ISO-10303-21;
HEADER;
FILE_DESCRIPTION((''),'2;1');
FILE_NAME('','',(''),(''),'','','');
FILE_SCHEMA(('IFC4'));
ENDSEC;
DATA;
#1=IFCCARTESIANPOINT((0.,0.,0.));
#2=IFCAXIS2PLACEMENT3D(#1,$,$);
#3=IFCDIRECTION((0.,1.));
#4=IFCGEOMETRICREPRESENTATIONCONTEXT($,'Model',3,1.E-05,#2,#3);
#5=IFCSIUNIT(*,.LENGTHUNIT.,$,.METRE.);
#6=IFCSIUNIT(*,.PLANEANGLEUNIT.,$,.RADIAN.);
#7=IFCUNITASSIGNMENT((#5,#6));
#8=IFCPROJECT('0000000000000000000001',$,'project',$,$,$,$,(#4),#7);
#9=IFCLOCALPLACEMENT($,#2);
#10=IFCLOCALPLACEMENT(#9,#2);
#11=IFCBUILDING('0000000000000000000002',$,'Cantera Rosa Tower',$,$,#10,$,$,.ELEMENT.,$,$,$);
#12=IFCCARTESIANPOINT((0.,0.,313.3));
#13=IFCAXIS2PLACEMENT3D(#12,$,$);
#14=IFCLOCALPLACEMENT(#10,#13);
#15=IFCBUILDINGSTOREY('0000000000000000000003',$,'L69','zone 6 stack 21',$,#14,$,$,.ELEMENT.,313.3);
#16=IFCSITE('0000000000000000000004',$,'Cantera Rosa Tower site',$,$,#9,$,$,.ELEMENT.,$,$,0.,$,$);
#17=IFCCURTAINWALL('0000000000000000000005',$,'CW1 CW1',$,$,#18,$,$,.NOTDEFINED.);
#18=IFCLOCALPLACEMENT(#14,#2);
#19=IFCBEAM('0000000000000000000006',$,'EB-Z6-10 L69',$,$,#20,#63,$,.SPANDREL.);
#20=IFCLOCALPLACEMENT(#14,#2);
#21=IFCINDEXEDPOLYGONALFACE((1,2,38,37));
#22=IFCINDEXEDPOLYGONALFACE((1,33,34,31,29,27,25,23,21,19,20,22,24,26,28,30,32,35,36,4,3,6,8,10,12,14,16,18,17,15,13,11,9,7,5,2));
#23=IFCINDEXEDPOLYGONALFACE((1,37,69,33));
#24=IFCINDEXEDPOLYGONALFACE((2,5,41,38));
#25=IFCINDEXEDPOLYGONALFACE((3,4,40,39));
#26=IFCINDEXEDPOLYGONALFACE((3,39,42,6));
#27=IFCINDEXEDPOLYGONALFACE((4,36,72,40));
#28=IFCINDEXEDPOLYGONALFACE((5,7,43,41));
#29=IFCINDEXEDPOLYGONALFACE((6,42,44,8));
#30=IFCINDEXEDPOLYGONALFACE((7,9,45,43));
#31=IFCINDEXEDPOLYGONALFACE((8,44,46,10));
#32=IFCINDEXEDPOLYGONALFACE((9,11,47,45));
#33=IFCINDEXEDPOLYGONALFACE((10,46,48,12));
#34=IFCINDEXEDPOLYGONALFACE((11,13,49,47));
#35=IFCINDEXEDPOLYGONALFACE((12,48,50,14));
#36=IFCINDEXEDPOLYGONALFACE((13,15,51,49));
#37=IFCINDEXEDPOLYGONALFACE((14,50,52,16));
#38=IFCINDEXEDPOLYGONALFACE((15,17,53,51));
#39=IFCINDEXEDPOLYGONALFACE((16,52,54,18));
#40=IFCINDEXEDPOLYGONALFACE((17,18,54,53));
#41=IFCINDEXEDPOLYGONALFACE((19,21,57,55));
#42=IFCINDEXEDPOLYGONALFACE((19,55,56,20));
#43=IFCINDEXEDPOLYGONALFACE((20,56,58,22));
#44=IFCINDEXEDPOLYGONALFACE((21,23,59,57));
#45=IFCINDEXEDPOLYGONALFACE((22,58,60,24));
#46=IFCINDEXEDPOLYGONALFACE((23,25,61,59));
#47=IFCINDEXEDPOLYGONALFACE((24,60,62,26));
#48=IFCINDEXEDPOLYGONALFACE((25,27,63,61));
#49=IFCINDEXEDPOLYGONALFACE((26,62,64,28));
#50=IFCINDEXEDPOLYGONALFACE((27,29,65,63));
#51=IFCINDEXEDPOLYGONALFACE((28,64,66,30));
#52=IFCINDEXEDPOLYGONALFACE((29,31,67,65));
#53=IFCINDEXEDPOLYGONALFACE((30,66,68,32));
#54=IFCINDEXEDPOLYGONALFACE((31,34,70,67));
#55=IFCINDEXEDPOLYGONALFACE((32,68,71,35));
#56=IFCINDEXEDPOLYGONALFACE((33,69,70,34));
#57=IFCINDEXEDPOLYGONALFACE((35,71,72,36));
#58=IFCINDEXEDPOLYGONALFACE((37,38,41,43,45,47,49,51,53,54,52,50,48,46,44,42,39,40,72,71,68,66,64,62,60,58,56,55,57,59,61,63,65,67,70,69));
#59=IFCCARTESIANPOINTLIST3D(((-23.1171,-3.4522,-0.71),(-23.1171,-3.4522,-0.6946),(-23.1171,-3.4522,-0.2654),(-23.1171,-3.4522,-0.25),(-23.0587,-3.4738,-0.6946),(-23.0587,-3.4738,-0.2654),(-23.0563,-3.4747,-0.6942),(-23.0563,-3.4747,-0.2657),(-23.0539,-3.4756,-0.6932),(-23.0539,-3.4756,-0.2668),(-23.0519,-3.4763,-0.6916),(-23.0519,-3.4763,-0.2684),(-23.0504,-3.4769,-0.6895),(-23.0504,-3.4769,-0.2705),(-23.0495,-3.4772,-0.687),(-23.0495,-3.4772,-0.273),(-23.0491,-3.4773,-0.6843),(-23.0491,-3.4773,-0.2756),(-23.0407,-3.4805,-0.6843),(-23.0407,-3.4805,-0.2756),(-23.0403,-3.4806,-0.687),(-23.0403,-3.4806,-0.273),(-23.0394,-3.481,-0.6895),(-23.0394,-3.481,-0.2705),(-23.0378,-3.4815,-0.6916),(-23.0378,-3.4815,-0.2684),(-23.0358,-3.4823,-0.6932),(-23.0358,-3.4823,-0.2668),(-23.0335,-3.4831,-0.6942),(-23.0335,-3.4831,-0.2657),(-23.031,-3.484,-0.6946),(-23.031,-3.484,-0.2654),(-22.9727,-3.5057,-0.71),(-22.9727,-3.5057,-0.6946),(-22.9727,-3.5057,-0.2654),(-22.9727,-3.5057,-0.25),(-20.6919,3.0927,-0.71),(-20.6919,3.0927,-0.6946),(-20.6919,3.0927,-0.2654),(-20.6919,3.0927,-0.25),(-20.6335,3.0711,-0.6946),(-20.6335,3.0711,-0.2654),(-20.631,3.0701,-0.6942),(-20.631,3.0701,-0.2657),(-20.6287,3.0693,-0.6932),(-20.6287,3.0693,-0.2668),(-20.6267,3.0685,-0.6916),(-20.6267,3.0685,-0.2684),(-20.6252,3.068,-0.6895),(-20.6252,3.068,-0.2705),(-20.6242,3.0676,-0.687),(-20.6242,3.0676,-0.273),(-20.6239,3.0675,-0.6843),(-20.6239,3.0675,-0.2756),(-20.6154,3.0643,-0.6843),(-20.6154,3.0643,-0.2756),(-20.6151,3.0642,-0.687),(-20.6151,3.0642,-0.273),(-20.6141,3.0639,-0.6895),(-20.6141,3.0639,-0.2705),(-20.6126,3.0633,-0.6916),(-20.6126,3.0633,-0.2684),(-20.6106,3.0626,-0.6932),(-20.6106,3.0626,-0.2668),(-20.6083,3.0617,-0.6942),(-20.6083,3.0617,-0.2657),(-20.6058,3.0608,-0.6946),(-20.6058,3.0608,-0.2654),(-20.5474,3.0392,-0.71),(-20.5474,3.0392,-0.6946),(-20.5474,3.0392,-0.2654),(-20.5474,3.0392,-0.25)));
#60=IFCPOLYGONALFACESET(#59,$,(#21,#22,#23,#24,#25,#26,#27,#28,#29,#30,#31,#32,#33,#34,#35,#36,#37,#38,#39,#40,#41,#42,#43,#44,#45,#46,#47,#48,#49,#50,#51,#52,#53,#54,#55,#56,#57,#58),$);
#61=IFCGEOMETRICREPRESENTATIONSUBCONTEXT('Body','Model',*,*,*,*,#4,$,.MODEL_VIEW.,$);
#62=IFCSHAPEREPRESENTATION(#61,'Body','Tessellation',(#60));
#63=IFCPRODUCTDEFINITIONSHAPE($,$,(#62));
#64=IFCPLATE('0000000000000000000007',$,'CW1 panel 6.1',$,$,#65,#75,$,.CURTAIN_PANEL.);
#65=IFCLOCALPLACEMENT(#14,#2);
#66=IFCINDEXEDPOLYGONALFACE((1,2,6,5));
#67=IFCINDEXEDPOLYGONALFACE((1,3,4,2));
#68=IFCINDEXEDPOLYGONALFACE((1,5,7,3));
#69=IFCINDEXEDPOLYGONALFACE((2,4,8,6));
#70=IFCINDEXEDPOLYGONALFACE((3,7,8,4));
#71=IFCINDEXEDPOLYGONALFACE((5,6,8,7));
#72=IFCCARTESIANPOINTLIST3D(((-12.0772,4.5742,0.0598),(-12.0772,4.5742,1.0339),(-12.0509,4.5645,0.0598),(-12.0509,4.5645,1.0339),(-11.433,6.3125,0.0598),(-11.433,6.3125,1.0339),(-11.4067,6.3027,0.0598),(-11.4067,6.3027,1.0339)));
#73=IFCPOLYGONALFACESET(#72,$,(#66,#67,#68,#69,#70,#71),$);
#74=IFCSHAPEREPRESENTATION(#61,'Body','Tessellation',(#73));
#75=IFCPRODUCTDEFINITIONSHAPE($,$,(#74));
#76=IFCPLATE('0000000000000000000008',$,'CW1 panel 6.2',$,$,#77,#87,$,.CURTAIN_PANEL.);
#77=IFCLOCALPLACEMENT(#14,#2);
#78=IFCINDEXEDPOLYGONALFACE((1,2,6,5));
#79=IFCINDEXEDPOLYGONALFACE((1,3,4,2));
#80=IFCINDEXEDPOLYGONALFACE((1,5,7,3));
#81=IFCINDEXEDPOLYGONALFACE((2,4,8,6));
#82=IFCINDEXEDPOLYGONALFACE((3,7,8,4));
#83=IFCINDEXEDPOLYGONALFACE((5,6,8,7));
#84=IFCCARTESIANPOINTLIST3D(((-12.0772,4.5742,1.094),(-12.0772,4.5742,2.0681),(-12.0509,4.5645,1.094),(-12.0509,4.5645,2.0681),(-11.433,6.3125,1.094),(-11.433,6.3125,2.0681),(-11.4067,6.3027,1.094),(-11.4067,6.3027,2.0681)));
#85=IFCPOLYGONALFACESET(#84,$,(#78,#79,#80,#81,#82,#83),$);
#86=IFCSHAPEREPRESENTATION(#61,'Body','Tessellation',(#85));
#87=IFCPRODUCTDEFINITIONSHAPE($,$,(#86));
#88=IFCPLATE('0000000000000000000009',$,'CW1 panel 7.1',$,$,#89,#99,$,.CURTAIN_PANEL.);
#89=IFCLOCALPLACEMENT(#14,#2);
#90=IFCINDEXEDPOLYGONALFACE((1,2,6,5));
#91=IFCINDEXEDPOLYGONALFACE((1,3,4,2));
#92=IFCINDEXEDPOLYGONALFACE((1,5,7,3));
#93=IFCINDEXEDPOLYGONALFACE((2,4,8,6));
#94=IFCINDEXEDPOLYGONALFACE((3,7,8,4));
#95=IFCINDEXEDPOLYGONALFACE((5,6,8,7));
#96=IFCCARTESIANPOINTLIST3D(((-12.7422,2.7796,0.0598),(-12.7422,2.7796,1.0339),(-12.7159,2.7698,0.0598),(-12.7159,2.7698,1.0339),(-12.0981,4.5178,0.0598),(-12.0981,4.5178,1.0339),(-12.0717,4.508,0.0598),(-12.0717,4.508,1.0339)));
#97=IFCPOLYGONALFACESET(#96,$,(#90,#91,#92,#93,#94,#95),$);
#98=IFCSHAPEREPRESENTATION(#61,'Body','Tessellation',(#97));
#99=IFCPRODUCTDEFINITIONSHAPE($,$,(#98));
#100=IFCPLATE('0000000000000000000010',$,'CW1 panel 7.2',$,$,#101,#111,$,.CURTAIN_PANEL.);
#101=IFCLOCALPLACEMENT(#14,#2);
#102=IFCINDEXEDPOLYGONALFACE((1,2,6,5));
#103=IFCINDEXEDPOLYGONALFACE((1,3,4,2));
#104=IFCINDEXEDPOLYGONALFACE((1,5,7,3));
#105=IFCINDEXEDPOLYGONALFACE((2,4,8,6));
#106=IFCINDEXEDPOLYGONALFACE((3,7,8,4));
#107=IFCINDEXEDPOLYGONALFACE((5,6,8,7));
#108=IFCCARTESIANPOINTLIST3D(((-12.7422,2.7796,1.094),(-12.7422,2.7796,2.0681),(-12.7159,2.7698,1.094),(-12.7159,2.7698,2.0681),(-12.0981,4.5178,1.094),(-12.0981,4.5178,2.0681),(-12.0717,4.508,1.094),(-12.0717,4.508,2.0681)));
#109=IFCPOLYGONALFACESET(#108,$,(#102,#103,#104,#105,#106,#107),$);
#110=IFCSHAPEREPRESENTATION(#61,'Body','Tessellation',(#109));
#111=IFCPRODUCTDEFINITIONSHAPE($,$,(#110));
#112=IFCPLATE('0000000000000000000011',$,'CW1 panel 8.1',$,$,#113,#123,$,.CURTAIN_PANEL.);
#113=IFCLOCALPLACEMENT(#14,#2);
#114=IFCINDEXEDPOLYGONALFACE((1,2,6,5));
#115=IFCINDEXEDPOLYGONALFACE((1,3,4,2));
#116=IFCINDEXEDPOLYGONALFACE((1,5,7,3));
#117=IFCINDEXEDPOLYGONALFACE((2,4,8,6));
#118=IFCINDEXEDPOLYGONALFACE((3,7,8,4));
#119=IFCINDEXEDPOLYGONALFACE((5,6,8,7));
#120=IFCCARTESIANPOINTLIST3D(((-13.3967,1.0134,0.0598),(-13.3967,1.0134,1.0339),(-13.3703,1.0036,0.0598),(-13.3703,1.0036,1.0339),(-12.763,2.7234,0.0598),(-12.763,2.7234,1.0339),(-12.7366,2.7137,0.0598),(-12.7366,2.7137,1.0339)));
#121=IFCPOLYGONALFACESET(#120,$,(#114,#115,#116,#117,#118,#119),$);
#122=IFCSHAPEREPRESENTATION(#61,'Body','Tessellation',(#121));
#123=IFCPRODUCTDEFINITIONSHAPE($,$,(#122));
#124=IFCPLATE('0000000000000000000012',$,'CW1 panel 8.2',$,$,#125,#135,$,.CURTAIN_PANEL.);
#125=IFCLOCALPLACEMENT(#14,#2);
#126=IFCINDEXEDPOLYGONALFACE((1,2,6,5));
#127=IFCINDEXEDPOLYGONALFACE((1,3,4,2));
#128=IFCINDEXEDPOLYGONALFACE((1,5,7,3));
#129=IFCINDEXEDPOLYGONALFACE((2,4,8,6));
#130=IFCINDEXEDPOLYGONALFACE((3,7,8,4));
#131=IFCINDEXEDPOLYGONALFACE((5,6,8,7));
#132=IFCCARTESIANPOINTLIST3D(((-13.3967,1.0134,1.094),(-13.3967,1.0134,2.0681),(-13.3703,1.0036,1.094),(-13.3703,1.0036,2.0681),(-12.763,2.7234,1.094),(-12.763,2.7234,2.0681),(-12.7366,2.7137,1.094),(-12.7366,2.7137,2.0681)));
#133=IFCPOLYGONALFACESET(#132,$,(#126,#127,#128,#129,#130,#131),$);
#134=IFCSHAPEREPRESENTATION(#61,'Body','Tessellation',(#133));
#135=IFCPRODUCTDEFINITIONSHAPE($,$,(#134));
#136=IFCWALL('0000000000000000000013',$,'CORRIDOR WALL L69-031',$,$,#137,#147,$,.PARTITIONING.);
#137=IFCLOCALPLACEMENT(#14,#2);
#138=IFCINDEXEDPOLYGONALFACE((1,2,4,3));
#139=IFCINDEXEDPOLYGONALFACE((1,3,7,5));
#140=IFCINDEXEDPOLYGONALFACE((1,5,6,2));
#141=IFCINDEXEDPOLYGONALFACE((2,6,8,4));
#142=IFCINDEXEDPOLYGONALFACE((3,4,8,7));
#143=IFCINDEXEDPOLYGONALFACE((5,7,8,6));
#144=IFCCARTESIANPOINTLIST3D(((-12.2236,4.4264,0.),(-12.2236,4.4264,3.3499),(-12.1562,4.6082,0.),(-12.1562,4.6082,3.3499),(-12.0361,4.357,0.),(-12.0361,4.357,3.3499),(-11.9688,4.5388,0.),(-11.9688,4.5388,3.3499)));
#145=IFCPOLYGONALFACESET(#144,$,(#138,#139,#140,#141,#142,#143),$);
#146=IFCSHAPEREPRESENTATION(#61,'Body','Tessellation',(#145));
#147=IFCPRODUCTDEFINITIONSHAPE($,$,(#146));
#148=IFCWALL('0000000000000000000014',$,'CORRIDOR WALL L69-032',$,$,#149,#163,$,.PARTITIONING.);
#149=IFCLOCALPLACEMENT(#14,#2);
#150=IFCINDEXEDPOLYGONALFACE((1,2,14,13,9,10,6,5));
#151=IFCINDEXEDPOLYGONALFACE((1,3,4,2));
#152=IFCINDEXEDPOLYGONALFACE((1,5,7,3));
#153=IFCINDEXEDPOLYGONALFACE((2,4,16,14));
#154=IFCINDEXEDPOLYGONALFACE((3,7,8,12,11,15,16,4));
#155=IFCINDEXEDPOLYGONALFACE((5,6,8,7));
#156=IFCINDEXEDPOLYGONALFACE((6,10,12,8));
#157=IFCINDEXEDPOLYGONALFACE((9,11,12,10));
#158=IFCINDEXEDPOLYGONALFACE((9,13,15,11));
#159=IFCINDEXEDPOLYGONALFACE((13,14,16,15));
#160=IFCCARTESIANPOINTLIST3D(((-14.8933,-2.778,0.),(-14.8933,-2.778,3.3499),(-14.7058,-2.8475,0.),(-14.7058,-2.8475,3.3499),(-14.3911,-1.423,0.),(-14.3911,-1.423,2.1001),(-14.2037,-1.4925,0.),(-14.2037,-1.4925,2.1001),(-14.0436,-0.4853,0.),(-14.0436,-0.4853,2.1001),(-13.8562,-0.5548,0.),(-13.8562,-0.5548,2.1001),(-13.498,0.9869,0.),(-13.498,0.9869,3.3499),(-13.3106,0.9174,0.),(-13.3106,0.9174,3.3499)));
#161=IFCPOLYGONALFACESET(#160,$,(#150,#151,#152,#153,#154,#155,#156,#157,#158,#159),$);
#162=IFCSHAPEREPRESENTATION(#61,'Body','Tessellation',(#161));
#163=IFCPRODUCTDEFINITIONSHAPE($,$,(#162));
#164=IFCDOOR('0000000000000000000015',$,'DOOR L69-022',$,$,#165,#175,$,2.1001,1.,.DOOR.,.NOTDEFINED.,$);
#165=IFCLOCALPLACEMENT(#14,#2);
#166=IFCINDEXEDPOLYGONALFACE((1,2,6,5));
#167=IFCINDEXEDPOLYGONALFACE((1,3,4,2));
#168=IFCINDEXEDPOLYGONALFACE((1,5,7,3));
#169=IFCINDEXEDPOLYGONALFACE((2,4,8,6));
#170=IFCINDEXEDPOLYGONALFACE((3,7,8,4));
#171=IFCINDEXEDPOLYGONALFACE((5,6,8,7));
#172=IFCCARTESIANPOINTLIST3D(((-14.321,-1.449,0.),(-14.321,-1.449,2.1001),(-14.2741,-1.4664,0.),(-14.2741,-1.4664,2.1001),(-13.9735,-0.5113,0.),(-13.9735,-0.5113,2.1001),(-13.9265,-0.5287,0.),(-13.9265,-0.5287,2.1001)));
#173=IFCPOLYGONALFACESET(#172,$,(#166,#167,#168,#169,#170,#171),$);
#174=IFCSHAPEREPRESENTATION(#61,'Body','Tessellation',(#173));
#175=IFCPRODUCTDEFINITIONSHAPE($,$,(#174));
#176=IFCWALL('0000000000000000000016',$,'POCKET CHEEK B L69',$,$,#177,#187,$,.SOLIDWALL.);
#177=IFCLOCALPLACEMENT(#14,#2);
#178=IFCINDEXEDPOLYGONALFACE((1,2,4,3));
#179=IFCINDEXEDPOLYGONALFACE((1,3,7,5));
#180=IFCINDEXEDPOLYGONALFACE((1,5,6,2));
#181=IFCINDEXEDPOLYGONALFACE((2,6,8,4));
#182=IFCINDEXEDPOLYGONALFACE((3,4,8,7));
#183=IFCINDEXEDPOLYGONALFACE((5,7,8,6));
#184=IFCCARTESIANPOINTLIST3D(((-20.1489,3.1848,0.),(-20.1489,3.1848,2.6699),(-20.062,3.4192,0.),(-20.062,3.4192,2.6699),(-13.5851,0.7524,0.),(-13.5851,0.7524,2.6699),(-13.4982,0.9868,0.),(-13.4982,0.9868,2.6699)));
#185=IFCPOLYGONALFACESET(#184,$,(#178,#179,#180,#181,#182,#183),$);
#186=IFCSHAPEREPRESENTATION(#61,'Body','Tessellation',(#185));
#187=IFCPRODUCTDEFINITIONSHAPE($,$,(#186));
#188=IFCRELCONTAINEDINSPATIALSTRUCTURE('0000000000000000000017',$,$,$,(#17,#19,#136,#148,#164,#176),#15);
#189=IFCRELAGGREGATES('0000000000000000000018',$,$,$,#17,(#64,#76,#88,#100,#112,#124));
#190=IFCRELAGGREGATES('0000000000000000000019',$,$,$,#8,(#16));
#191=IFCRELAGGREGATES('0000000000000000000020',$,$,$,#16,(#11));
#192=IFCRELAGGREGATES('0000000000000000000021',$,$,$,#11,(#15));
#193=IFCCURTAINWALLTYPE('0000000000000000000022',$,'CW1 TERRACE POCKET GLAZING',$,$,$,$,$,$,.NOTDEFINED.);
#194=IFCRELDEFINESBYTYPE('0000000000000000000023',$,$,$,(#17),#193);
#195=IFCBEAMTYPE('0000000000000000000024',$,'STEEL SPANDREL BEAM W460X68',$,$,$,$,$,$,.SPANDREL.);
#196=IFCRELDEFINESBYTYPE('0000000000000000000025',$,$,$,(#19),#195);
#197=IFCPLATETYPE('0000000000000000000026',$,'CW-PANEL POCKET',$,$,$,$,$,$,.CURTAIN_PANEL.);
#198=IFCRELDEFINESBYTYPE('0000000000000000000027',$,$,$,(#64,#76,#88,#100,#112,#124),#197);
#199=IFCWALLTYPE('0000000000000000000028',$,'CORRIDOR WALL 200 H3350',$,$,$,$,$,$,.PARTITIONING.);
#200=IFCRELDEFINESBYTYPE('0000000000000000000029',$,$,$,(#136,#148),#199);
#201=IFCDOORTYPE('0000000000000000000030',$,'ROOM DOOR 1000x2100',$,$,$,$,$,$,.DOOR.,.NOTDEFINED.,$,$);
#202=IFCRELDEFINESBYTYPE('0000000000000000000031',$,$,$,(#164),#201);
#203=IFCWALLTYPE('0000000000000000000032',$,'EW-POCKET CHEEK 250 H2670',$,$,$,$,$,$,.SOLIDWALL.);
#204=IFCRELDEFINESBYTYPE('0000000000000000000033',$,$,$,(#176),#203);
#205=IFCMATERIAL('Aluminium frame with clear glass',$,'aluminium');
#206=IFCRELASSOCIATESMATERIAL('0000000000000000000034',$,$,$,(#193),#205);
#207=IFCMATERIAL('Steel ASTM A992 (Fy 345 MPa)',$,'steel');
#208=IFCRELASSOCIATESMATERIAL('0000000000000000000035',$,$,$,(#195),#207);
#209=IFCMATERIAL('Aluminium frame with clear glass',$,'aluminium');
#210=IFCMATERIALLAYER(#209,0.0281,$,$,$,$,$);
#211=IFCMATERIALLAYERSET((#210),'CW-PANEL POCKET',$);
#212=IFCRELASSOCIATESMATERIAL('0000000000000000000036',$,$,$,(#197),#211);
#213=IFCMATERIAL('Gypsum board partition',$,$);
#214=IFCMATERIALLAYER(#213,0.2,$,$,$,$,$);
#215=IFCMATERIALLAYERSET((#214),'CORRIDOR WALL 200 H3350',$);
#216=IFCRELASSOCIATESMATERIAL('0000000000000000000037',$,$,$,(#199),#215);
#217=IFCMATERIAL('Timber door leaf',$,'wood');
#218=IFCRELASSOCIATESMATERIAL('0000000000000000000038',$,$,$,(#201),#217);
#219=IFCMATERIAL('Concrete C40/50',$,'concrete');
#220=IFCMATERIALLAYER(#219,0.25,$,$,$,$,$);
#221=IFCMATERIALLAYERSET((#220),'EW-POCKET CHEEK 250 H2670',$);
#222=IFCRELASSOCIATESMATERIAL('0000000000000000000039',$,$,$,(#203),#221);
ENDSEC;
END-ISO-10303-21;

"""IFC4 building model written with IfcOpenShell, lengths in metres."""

from ifc_helpers import new_model, si_unit, direction, frame, frame_2d, origin, origin_2d, place, context, subcontext, project, spatial, rectangle, i_section, extrude, material, layer, layer_set, material_profile, profile_set, type_object, element, fill, aggregate, save


model = new_model("IFC4")

# Units and contexts
model_context = context("Model", 3, precision=1e-05, world=origin(), true_north=direction((0.0, 1.0)))
body_context = subcontext(model_context, "Body", "Model", "MODEL_VIEW")
ifc_project = project(units=[si_unit("LENGTHUNIT", "METRE"), si_unit("PLANEANGLEUNIT", "RADIAN")], contexts=[model_context])

# Site, building, storey
site_placement = place(None, origin())
site = spatial("IfcSite", under=ifc_project, at=site_placement, Name="Cantera Rosa Tower site", CompositionType="ELEMENT", RefElevation=0.0)
building_placement = place(site_placement, origin())
building = spatial("IfcBuilding", under=site, at=building_placement, Name="Cantera Rosa Tower", CompositionType="ELEMENT")
storey_placement = place(building_placement, frame((0.0, 0.0, 313.3)))
storey = spatial("IfcBuildingStorey", under=building, at=storey_placement, Name="L69", Description="zone 6 stack 21", CompositionType="ELEMENT", Elevation=313.3)

# Curtain wall
ifc_material_1 = material(Name="Aluminium frame with clear glass", Category="aluminium")
curtain_wall_type = type_object("IfcCurtainWallType", Name="CW1 TERRACE POCKET GLAZING", PredefinedType="NOTDEFINED", material=ifc_material_1)
curtain_wall_placement = place(storey_placement, origin())
curtain_wall = element("IfcCurtainWall", 1, at=curtain_wall_placement, inside=storey, type_object=curtain_wall_type, Name="CW1 CW1", PredefinedType="NOTDEFINED")

# Beam
ifc_material_2 = material(Name="Steel ASTM A992 (Fy 345 MPa)", Category="steel")
ifc_material_profile_1 = material_profile(ifc_material_2, i_section(OverallWidth=0.1541, OverallDepth=0.46, WebThickness=0.009, FlangeThickness=0.0154, FilletRadius=0.0103, at=origin_2d()), Name="W460X68")
ifc_profile_set_1 = profile_set([ifc_material_profile_1], Name="Steel ASTM A992 (Fy 345 MPa)")
beam_type_1 = type_object("IfcBeamType", Name="STEEL SPANDREL BEAM W460X68", PredefinedType="SPANDREL", material=ifc_profile_set_1)
beam_1_placement = place(storey_placement, frame((-20.6196, 3.0659, -0.48), z_axis=(-0.347472, -0.937691, 0.0), x_axis=(0.937691, -0.347472, 0.0)))
element("IfcBeam", 2, at=beam_1_placement, inside=storey, type_object=beam_type_1, Name="EB-Z6-10 L69", PredefinedType="SPANDREL", context=body_context, shape_type="SweptSolid", body=[
    extrude(i_section(OverallWidth=0.1541, OverallDepth=0.46, WebThickness=0.009, FlangeThickness=0.0154, FilletRadius=0.0103, at=origin_2d()), origin(), (0.0, 0.0, 1.0), 6.9797),
])

# Plates
ifc_material_3 = material(Name="Aluminium frame with clear glass", Category="aluminium")
ifc_layer_1 = layer(ifc_material_3, 0.0281)
ifc_layer_set_1 = layer_set([ifc_layer_1], Name="CW-PANEL POCKET")
plate_type = type_object("IfcPlateType", Name="CW-PANEL POCKET", PredefinedType="CURTAIN_PANEL", material=ifc_layer_set_1)
plate_1_placement = place(storey_placement, frame((-11.7419, 5.4385, 0.0598), z_axis=(0.0, 0.0, 1.0), x_axis=(-0.347481, -0.937687, 0.0)))
plate_1 = element("IfcPlate", 3, at=plate_1_placement, type_object=plate_type, Name="CW1 panel 6.1", PredefinedType="CURTAIN_PANEL", context=body_context, shape_type="SweptSolid", body=[
    extrude(rectangle(XDim=1.8538, YDim=0.0281, at=origin_2d()), origin(), (0.0, 0.0, 1.0), 0.9741),
])
plate_2_placement = place(storey_placement, frame((-11.7419, 5.4385, 1.094), z_axis=(0.0, 0.0, 1.0), x_axis=(-0.347481, -0.937687, 0.0)))
plate_2 = element("IfcPlate", 4, at=plate_2_placement, type_object=plate_type, Name="CW1 panel 6.2", PredefinedType="CURTAIN_PANEL", context=body_context, shape_type="SweptSolid", body=[
    extrude(rectangle(XDim=1.8538, YDim=0.0281, at=origin_2d()), origin(), (0.0, 0.0, 1.0), 0.9741),
])
plate_3_placement = place(storey_placement, frame((-12.407, 3.6438, 0.0598), z_axis=(0.0, 0.0, 1.0), x_axis=(-0.347481, -0.937687, 0.0)))
plate_3 = element("IfcPlate", 5, at=plate_3_placement, type_object=plate_type, Name="CW1 panel 7.1", PredefinedType="CURTAIN_PANEL", context=body_context, shape_type="SweptSolid", body=[
    extrude(rectangle(XDim=1.8538, YDim=0.0281, at=origin_2d()), origin(), (0.0, 0.0, 1.0), 0.9741),
])
plate_4_placement = place(storey_placement, frame((-12.407, 3.6438, 1.094), z_axis=(0.0, 0.0, 1.0), x_axis=(-0.347481, -0.937687, 0.0)))
plate_4 = element("IfcPlate", 6, at=plate_4_placement, type_object=plate_type, Name="CW1 panel 7.2", PredefinedType="CURTAIN_PANEL", context=body_context, shape_type="SweptSolid", body=[
    extrude(rectangle(XDim=1.8538, YDim=0.0281, at=origin_2d()), origin(), (0.0, 0.0, 1.0), 0.9741),
])
plate_5_placement = place(storey_placement, frame((-13.0667, 1.8635, 0.0598), z_axis=(0.0, 0.0, 1.0), x_axis=(-0.347481, -0.937687, 0.0)))
plate_5 = element("IfcPlate", 7, at=plate_5_placement, type_object=plate_type, Name="CW1 panel 8.1", PredefinedType="CURTAIN_PANEL", context=body_context, shape_type="SweptSolid", body=[
    extrude(rectangle(XDim=1.8237, YDim=0.0281, at=origin_2d()), origin(), (0.0, 0.0, 1.0), 0.9741),
])
plate_6_placement = place(storey_placement, frame((-13.0667, 1.8635, 1.094), z_axis=(0.0, 0.0, 1.0), x_axis=(-0.347481, -0.937687, 0.0)))
plate_6 = element("IfcPlate", 8, at=plate_6_placement, type_object=plate_type, Name="CW1 panel 8.2", PredefinedType="CURTAIN_PANEL", context=body_context, shape_type="SweptSolid", body=[
    extrude(rectangle(XDim=1.8237, YDim=0.0281, at=origin_2d()), origin(), (0.0, 0.0, 1.0), 0.9741),
])
aggregate(curtain_wall, [plate_1, plate_2, plate_3, plate_4, plate_5, plate_6])

# Wall
ifc_material_4 = material(Name="Gypsum board partition")
ifc_layer_2 = layer(ifc_material_4, 0.2)
ifc_layer_set_2 = layer_set([ifc_layer_2], Name="CORRIDOR WALL 200 H3350")
wall_type_1 = type_object("IfcWallType", Name="CORRIDOR WALL 200 H3350", PredefinedType="PARTITIONING", material=ifc_layer_set_2)
wall_1_placement = place(storey_placement, frame((-12.0625, 4.5735, 0.0), z_axis=(0.0, 0.0, 1.0), x_axis=(-0.347396, -0.937718, 0.0)))
element("IfcWall", 9, at=wall_1_placement, inside=storey, type_object=wall_type_1, Name="CORRIDOR WALL L69-031", PredefinedType="PARTITIONING", context=body_context, shape_type="SweptSolid", body=[
    extrude(rectangle(XDim=0.1938, YDim=0.2, at=frame_2d((0.0969, 0.0))), origin(), (0.0, 0.0, 1.0), 3.3499),
])

# Wall, opening, door
wall_2_placement = place(storey_placement, frame((-13.4043, 0.9521, 0.0), z_axis=(0.0, 0.0, 1.0), x_axis=(-0.347502, -0.937679, 0.0)))
wall_2 = element("IfcWall", 10, at=wall_2_placement, inside=storey, type_object=wall_type_1, Name="CORRIDOR WALL L69-032", PredefinedType="PARTITIONING", context=body_context, shape_type="SweptSolid", body=[
    extrude(rectangle(XDim=4.0151, YDim=0.2, at=frame_2d((2.0076, 0.0))), origin(), (0.0, 0.0, 1.0), 3.3499),
])
opening_1_placement = place(wall_2_placement, frame((1.5701, 0.0, 0.0)))
opening_1 = element("IfcOpeningElement", 11, at=opening_1_placement, cuts=wall_2, PredefinedType="OPENING", context=body_context, shape_type="SweptSolid", body=[
    extrude(rectangle(XDim=1.0, YDim=2.1001, at=frame_2d((0.5, 1.05))), frame((0.0, 0.1099, 0.0), z_axis=(0.0, -1.0, 0.0), x_axis=(1.0, 0.0, 0.0)), (0.0, 0.0, 1.0), 0.22),
])
ifc_material_5 = material(Name="Timber door leaf", Category="wood")
door_type_1 = type_object("IfcDoorType", Name="ROOM DOOR 1000x2100", OperationType="NOTDEFINED", PredefinedType="DOOR", material=ifc_material_5)
door_1_placement = place(opening_1_placement, origin())
door_1 = element("IfcDoor", 12, at=door_1_placement, inside=storey, type_object=door_type_1, Name="DOOR L69-022", OperationType="NOTDEFINED", OverallHeight=2.1001, OverallWidth=1.0, PredefinedType="DOOR", context=body_context, shape_type="SweptSolid", body=[
    extrude(rectangle(XDim=1.0, YDim=2.1001, at=frame_2d((0.5, 1.05))), frame((0.0, 0.0249, 0.0), z_axis=(0.0, -1.0, 0.0), x_axis=(1.0, 0.0, 0.0)), (0.0, 0.0, 1.0), 0.05),
])
fill(opening_1, door_1)

# Wall
ifc_material_6 = material(Name="Concrete C40/50", Category="concrete")
ifc_layer_3 = layer(ifc_material_6, 0.25)
ifc_layer_set_3 = layer_set([ifc_layer_3], Name="EW-POCKET CHEEK 250 H2670")
wall_type_2 = type_object("IfcWallType", Name="EW-POCKET CHEEK 250 H2670", PredefinedType="SOLIDWALL", material=ifc_layer_set_3)
wall_3_placement = place(storey_placement, frame((-20.1055, 3.302, 0.0), z_axis=(0.0, 0.0, 1.0), x_axis=(0.937685, -0.347486, 0.0)))
element("IfcWall", 13, at=wall_3_placement, inside=storey, type_object=wall_type_2, Name="POCKET CHEEK B L69", PredefinedType="SOLIDWALL", context=body_context, shape_type="SweptSolid", body=[
    extrude(rectangle(XDim=7.0, YDim=0.25, at=frame_2d((3.5, 0.0))), origin(), (0.0, 0.0, 1.0), 2.6699),
])

save(model, "model.ifc")
